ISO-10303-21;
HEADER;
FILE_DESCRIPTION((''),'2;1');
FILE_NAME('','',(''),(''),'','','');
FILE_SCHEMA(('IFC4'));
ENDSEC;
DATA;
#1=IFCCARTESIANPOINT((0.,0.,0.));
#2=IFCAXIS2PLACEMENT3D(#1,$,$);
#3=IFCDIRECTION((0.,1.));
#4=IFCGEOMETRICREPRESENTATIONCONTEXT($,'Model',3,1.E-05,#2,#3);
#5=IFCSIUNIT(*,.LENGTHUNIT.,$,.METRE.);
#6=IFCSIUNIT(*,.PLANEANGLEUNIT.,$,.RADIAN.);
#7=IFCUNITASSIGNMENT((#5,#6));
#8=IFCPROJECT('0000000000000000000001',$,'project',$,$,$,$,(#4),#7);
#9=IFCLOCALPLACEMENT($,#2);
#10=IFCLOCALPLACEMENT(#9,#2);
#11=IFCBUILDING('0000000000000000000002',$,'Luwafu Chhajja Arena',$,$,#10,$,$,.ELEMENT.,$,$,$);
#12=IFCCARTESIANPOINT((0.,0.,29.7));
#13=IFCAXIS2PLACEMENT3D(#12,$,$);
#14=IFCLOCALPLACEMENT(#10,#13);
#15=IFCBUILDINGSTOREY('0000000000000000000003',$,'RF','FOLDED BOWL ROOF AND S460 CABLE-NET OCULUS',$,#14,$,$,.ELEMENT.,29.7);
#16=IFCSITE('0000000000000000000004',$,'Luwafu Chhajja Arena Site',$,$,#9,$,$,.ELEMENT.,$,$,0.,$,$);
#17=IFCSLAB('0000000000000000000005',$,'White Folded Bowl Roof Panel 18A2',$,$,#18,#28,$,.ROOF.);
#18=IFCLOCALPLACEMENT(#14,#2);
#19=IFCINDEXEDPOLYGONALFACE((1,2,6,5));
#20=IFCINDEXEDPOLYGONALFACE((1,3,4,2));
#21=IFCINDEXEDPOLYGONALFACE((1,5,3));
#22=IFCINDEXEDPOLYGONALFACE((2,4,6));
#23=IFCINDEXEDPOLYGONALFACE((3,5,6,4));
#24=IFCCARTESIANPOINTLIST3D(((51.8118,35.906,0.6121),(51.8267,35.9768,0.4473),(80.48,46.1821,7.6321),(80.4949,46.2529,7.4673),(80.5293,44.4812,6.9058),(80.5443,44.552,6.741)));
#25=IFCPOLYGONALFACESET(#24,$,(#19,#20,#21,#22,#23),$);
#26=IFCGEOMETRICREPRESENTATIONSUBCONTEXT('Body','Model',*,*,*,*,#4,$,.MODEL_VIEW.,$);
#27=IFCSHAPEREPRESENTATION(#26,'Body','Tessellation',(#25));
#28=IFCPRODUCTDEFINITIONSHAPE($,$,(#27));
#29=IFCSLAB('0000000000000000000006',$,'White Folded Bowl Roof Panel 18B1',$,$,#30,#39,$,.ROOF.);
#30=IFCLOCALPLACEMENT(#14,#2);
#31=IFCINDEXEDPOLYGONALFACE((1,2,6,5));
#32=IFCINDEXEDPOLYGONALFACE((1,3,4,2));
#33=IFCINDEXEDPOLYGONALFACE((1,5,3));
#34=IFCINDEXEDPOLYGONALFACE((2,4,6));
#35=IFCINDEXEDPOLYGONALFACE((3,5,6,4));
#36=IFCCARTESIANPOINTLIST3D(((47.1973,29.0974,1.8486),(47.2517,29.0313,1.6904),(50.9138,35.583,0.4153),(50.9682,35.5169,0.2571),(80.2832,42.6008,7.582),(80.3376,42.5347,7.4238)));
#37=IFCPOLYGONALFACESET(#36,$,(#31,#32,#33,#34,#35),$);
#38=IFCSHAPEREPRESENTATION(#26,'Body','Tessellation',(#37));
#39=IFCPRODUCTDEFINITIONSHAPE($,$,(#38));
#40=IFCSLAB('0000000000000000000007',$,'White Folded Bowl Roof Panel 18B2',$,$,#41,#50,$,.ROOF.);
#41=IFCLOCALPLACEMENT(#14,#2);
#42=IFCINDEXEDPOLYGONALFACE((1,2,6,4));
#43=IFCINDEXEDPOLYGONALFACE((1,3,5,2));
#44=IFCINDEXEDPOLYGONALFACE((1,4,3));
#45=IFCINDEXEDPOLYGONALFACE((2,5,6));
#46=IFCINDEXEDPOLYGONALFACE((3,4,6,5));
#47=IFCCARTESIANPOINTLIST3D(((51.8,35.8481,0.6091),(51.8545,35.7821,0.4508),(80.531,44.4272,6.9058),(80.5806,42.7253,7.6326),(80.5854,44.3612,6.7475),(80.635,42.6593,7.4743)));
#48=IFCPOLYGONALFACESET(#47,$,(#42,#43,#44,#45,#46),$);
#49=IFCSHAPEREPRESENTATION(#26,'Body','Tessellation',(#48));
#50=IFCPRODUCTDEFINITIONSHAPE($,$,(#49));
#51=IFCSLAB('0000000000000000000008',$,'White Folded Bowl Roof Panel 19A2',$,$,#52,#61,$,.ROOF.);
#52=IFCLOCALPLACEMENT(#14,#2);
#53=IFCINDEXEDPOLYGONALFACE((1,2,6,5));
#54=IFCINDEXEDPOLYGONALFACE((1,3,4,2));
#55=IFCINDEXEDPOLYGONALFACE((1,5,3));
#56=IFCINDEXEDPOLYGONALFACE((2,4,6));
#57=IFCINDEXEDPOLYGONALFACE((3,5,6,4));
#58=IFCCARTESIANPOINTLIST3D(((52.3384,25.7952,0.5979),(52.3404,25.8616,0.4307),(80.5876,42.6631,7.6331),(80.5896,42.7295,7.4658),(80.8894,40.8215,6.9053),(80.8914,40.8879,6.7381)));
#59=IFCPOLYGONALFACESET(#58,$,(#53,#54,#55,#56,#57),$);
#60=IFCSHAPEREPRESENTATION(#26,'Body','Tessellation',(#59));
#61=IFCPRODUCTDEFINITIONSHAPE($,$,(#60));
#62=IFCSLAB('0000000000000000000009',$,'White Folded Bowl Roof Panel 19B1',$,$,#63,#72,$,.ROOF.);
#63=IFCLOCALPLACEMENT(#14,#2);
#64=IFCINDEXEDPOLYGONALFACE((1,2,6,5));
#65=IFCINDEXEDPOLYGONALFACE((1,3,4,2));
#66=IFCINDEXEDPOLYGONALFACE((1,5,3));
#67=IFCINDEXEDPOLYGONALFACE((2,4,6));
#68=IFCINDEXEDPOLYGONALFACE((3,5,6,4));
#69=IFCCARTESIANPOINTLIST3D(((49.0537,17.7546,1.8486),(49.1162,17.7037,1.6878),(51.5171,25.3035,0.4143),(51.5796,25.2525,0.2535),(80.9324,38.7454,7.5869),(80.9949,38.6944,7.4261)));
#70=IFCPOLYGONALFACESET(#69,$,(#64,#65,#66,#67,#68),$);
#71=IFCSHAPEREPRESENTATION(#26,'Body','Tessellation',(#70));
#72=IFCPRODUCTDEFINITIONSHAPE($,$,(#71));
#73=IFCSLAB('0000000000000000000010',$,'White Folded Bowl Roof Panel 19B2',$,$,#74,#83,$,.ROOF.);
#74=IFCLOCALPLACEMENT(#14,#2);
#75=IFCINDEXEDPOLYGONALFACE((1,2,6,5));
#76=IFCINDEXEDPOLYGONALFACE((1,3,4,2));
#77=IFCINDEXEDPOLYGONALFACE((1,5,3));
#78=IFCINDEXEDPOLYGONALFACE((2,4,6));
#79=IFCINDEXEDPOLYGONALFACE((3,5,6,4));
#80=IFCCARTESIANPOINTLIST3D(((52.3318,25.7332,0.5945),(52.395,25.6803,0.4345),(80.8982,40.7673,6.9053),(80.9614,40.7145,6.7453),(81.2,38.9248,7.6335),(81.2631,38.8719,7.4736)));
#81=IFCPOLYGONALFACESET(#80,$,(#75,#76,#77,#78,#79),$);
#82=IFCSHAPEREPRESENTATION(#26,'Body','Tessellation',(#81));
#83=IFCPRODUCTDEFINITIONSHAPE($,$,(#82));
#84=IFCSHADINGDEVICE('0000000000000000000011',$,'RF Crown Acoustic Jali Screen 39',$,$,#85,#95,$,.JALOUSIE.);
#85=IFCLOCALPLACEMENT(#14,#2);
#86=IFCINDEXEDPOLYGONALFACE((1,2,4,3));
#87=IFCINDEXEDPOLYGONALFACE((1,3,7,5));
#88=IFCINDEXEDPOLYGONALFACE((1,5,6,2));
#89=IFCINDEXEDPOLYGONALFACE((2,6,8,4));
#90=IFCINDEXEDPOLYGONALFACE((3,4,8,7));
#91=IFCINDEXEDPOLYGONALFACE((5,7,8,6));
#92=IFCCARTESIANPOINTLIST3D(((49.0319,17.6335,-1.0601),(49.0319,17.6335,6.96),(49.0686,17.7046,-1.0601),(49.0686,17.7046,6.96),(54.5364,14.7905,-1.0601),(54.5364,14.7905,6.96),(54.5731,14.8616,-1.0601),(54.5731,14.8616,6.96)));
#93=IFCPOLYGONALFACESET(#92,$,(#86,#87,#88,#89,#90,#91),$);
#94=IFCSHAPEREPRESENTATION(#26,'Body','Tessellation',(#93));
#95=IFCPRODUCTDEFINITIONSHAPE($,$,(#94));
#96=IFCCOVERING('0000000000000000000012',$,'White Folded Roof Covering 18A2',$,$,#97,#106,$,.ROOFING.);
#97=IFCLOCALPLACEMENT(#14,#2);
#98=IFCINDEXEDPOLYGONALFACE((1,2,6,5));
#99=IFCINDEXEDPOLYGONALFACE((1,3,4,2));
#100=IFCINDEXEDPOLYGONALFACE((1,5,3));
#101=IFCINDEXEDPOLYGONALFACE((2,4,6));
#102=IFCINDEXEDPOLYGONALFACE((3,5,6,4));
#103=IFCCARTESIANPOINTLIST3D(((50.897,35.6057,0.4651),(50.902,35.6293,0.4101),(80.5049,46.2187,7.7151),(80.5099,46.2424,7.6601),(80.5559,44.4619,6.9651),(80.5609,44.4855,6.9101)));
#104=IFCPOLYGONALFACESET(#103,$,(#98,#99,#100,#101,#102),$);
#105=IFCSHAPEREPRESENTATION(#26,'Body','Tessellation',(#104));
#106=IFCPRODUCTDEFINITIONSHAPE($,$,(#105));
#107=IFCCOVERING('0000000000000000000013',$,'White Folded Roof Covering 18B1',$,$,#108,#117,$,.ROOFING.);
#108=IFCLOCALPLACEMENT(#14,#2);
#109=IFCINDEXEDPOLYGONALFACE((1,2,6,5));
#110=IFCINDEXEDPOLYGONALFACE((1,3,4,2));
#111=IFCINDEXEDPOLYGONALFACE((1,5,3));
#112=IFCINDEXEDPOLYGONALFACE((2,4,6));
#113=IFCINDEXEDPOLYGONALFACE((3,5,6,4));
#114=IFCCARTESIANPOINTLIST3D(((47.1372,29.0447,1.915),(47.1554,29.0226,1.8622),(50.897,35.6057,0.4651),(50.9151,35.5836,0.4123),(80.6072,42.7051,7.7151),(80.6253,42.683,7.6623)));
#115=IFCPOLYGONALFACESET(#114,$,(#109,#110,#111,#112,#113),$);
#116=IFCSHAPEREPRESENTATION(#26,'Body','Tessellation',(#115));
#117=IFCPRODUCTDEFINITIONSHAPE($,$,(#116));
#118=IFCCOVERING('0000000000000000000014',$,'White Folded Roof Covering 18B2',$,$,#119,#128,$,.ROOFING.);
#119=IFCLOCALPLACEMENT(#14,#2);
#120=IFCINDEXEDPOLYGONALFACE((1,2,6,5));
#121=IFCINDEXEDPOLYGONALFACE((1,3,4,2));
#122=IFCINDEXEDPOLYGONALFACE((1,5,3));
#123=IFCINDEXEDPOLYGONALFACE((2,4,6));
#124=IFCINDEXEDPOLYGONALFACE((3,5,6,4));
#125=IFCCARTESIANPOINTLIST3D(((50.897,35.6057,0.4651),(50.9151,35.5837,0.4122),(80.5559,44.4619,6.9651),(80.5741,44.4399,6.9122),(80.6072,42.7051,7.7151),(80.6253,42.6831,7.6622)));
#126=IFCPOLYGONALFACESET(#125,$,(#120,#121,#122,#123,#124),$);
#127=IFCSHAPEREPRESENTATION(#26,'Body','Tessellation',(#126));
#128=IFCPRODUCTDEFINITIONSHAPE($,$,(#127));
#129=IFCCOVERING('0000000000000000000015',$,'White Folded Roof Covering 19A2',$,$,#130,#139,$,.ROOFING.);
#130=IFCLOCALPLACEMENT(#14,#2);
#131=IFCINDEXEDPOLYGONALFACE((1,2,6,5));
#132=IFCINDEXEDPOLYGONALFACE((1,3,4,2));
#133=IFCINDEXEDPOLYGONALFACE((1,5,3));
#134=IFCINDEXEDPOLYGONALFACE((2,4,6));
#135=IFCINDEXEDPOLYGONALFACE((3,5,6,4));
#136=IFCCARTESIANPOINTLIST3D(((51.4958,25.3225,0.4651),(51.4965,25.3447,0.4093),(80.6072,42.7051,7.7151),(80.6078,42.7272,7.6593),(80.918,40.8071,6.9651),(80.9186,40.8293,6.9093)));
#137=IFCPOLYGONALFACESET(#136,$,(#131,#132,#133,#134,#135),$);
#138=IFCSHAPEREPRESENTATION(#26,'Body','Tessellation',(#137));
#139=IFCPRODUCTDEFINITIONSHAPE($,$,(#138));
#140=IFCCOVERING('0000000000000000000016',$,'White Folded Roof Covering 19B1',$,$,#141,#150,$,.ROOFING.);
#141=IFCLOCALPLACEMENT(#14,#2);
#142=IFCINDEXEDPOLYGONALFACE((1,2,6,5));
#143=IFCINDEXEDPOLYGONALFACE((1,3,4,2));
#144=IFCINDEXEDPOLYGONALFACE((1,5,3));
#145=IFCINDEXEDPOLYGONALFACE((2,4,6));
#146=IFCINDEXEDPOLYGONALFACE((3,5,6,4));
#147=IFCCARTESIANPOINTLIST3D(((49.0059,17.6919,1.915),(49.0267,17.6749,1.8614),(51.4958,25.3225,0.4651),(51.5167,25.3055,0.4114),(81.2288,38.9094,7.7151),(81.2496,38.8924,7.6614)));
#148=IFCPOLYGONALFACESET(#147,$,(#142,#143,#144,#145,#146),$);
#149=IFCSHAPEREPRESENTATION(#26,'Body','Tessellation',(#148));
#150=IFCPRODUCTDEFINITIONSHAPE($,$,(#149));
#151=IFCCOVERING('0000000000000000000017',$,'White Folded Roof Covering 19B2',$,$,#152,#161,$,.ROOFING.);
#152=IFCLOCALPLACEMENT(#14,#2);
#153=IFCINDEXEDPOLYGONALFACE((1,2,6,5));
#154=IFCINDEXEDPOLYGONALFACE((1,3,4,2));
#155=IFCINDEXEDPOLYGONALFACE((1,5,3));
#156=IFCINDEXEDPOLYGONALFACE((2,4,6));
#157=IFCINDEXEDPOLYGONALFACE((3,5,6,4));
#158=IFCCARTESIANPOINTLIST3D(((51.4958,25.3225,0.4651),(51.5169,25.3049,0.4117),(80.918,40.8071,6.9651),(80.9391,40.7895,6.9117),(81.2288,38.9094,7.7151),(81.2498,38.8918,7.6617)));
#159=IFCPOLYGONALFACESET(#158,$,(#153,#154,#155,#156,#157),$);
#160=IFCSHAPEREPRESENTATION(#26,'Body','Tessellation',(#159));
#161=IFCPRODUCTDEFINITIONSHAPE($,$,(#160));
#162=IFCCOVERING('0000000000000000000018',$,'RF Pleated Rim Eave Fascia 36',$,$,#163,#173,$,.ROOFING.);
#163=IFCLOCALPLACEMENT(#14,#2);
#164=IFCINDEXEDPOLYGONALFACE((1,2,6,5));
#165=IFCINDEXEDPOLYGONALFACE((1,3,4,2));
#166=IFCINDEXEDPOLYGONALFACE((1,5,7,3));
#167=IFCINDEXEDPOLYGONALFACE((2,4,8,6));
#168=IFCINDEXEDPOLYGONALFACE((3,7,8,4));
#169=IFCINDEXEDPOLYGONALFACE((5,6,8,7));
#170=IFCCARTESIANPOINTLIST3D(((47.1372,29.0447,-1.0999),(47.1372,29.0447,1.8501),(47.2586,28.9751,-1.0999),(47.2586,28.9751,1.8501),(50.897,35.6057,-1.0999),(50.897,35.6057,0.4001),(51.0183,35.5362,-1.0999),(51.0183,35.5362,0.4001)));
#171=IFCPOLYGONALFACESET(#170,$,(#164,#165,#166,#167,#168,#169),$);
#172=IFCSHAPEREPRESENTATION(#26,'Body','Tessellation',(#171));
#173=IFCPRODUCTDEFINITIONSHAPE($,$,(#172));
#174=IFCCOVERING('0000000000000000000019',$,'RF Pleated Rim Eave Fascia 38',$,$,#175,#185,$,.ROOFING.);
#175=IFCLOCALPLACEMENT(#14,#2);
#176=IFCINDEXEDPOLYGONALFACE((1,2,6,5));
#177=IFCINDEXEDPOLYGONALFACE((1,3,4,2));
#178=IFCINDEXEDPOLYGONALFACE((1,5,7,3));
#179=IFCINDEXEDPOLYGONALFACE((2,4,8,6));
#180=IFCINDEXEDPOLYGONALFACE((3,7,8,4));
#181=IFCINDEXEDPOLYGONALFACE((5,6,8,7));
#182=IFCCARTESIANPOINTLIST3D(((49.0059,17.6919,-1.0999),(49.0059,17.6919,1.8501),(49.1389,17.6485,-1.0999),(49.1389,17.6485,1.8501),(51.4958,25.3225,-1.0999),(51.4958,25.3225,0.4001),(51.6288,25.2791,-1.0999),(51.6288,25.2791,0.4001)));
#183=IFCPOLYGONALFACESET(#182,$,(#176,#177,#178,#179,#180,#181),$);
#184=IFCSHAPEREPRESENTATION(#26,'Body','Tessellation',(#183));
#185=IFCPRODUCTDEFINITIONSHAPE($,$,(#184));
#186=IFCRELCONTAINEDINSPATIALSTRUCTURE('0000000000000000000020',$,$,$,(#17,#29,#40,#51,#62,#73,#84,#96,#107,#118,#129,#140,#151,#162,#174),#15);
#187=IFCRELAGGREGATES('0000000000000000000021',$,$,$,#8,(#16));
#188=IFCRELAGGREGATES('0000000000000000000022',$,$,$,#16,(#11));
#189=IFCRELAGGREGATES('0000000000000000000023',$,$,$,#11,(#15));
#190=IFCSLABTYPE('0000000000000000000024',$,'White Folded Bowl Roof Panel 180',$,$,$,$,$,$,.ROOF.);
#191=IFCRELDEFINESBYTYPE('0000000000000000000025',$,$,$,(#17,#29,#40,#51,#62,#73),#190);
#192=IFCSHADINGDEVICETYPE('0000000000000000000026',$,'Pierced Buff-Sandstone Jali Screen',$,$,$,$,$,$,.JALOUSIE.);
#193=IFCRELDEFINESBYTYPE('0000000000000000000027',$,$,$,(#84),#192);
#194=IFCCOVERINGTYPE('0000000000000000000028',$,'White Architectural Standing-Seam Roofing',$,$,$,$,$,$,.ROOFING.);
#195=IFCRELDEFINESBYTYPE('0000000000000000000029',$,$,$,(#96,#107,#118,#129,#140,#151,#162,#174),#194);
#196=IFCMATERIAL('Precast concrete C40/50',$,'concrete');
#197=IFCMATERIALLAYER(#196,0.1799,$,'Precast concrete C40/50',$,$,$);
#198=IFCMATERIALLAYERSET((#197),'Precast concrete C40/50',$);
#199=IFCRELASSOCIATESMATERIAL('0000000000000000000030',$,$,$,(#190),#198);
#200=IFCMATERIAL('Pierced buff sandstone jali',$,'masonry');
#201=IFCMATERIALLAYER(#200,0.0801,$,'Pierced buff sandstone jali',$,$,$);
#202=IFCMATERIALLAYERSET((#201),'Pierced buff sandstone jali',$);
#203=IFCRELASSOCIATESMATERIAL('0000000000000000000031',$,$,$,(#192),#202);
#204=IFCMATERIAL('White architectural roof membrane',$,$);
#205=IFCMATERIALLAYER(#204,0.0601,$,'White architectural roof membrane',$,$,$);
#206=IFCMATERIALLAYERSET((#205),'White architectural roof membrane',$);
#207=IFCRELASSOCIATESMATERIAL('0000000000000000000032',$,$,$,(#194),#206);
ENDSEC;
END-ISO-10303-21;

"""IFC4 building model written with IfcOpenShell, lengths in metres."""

from ifc_helpers import new_model, si_unit, direction, frame, origin, origin_2d, place, context, subcontext, project, spatial, polyline, rectangle, outline, extrude, material, layer, layer_set, type_object, element, save


model = new_model("IFC4")

# Units and contexts
model_context = context("Model", 3, precision=1e-05, world=origin(), true_north=direction((0.0, 1.0)))
body_context = subcontext(model_context, "Body", "Model", "MODEL_VIEW")
ifc_project = project(units=[si_unit("LENGTHUNIT", "METRE"), si_unit("PLANEANGLEUNIT", "RADIAN")], contexts=[model_context])

# Site, building, storey
site_placement = place(None, origin())
site = spatial("IfcSite", under=ifc_project, at=site_placement, Name="Luwafu Chhajja Arena Site", CompositionType="ELEMENT", RefElevation=0.0)
building_placement = place(site_placement, origin())
building = spatial("IfcBuilding", under=site, at=building_placement, Name="Luwafu Chhajja Arena", CompositionType="ELEMENT")
storey_placement = place(building_placement, frame((0.0, 0.0, 29.7)))
storey = spatial("IfcBuildingStorey", under=building, at=storey_placement, Name="RF", Description="FOLDED BOWL ROOF AND S460 CABLE-NET OCULUS", CompositionType="ELEMENT", Elevation=29.7)

# Slabs
ifc_material_1 = material(Name="Precast concrete C40/50", Category="concrete")
ifc_layer_1 = layer(ifc_material_1, 0.1799, Name="Precast concrete C40/50")
ifc_layer_set_1 = layer_set([ifc_layer_1], Name="Precast concrete C40/50")
slab_type = type_object("IfcSlabType", Name="White Folded Bowl Roof Panel 180", PredefinedType="ROOF", material=ifc_layer_set_1)
slab_1_placement = place(storey_placement, frame((51.8118, 35.906, 0.6121), z_axis=(-0.083195, -0.393386, 0.915601), x_axis=(0.917297, 0.328805, 0.22462)))
element("IfcSlab", 1, at=slab_1_placement, inside=storey, type_object=slab_type, Name="White Folded Bowl Roof Panel 18A2", PredefinedType="ROOF", context=body_context, shape_type="SweptSolid", body=[
    extrude(outline(polyline([(0.0, 0.0), (31.2529, 0.0), (30.5758, -1.7218), (0.0, 0.0)])), origin(), (0.0, 0.0, -1.0), 0.1799),
])
slab_2_placement = place(storey_placement, frame((50.9138, 35.583, 0.4153), z_axis=(-0.302447, 0.367668, 0.879401), x_axis=(0.94633, 0.226126, 0.230925)))
element("IfcSlab", 2, at=slab_2_placement, inside=storey, type_object=slab_type, Name="White Folded Bowl Roof Panel 18B1", PredefinedType="ROOF", context=body_context, shape_type="SweptSolid", body=[
    extrude(outline(polyline([(0.0, 0.0), (31.035, 0.0), (-4.6527, -6.0235), (0.0, 0.0)])), origin(), (0.0, 0.0, -1.0), 0.1799),
])
slab_3_placement = place(storey_placement, frame((51.8, 35.8481, 0.6091), z_axis=(-0.302361, 0.366898, 0.879752), x_axis=(0.937741, 0.280011, 0.205514)))
element("IfcSlab", 3, at=slab_3_placement, inside=storey, type_object=slab_type, Name="White Folded Bowl Roof Panel 18B2", PredefinedType="ROOF", context=body_context, shape_type="SweptSolid", body=[
    extrude(outline(polyline([(0.0, 0.0), (30.6385, 0.0), (30.3578, -1.8299), (0.0, 0.0)])), origin(), (0.0, 0.0, -1.0), 0.1799),
])
slab_4_placement = place(storey_placement, frame((52.3384, 25.7952, 0.5979), z_axis=(-0.011056, -0.369084, 0.92933), x_axis=(0.839607, 0.501338, 0.209095)))
element("IfcSlab", 4, at=slab_4_placement, inside=storey, type_object=slab_type, Name="White Folded Bowl Roof Panel 19A2", PredefinedType="ROOF", context=body_context, shape_type="SweptSolid", body=[
    extrude(outline(polyline([(0.0, 0.0), (33.6458, 0.0), (32.8238, -1.8265), (0.0, 0.0)])), origin(), (0.0, 0.0, -1.0), 0.1799),
])
slab_5_placement = place(storey_placement, frame((51.5171, 25.3035, 0.4143), z_axis=(-0.347396, 0.283216, 0.893927), x_axis=(0.887958, 0.40577, 0.216519)))
element("IfcSlab", 5, at=slab_5_placement, inside=storey, type_object=slab_type, Name="White Folded Bowl Roof Panel 19B1", PredefinedType="ROOF", context=body_context, shape_type="SweptSolid", body=[
    extrude(outline(polyline([(0.0, 0.0), (33.1269, 0.0), (-4.9399, -6.3803), (0.0, 0.0)])), origin(), (0.0, 0.0, -1.0), 0.1799),
])
slab_6_placement = place(storey_placement, frame((52.3318, 25.7332, 0.5945), z_axis=(-0.351076, 0.293897, 0.889028), x_axis=(0.868488, 0.457075, 0.191863)))
element("IfcSlab", 6, at=slab_6_placement, inside=storey, type_object=slab_type, Name="White Folded Bowl Roof Panel 19B2", PredefinedType="ROOF", context=body_context, shape_type="SweptSolid", body=[
    extrude(outline(polyline([(0.0, 0.0), (32.8921, 0.0), (32.4518, -1.9551), (0.0, 0.0)])), origin(), (0.0, 0.0, -1.0), 0.1799),
])

# Shading device
ifc_material_2 = material(Name="Pierced buff sandstone jali", Category="masonry")
ifc_layer_2 = layer(ifc_material_2, 0.0801, Name="Pierced buff sandstone jali")
ifc_layer_set_2 = layer_set([ifc_layer_2], Name="Pierced buff sandstone jali")
shading_device_type = type_object("IfcShadingDeviceType", Name="Pierced Buff-Sandstone Jali Screen", PredefinedType="JALOUSIE", material=ifc_layer_set_2)
shading_device_placement = place(storey_placement, frame((51.8025, 16.2476, -1.0601), z_axis=(0.0, 0.0, 1.0), x_axis=(0.888492, -0.458892, 0.0)))
element("IfcShadingDevice", 7, at=shading_device_placement, inside=storey, type_object=shading_device_type, Name="RF Crown Acoustic Jali Screen 39", PredefinedType="JALOUSIE", context=body_context, shape_type="SweptSolid", body=[
    extrude(rectangle(XDim=6.1953, YDim=0.0801, at=origin_2d()), origin(), (0.0, 0.0, 1.0), 8.02),
])

# Coverings
ifc_material_3 = material(Name="White architectural roof membrane")
ifc_layer_3 = layer(ifc_material_3, 0.0601, Name="White architectural roof membrane")
ifc_layer_set_3 = layer_set([ifc_layer_3], Name="White architectural roof membrane")
covering_type = type_object("IfcCoveringType", Name="White Architectural Standing-Seam Roofing", PredefinedType="ROOFING", material=ifc_layer_set_3)
covering_1_placement = place(storey_placement, frame((50.897, 35.6057, 0.4651), z_axis=(-0.083227, -0.393305, 0.915633), x_axis=(0.937741, 0.280011, 0.205514)))
element("IfcCovering", 8, at=covering_1_placement, inside=storey, type_object=covering_type, Name="White Folded Roof Covering 18A2", PredefinedType="ROOFING", context=body_context, shape_type="SweptSolid", body=[
    extrude(outline(polyline([(0.0, 0.0), (31.6281, 0.0), (32.2263, 1.8149), (0.0, 0.0)])), origin(), (0.0, 0.0, -1.0), 0.0601),
])
covering_2_placement = place(storey_placement, frame((50.897, 35.6057, 0.4651), z_axis=(-0.302449, 0.36766, 0.879404), x_axis=(-0.4883, -0.852116, 0.188313)))
element("IfcCovering", 9, at=covering_2_placement, inside=storey, type_object=covering_type, Name="White Folded Roof Covering 18B1", PredefinedType="ROOFING", context=body_context, shape_type="SweptSolid", body=[
    extrude(outline(polyline([(0.0, 0.0), (7.6997, 0.0), (-19.1917, 24.8463), (0.0, 0.0)])), origin(), (0.0, 0.0, -1.0), 0.0601),
])
covering_3_placement = place(storey_placement, frame((50.897, 35.6057, 0.4651), z_axis=(-0.302337, 0.366772, 0.879813), x_axis=(0.946329, 0.226129, 0.230927)))
element("IfcCovering", 10, at=covering_3_placement, inside=storey, type_object=covering_type, Name="White Folded Roof Covering 18B2", PredefinedType="ROOFING", context=body_context, shape_type="SweptSolid", body=[
    extrude(outline(polyline([(0.0, 0.0), (31.3952, 0.0), (31.5708, 1.9028), (0.0, 0.0)])), origin(), (0.0, 0.0, -1.0), 0.0601),
])
covering_4_placement = place(storey_placement, frame((51.4958, 25.3225, 0.4651), z_axis=(-0.011081, -0.369056, 0.929341), x_axis=(0.868486, 0.457077, 0.191868)))
element("IfcCovering", 11, at=covering_4_placement, inside=storey, type_object=covering_type, Name="White Folded Roof Covering 19A2", PredefinedType="ROOFING", context=body_context, shape_type="SweptSolid", body=[
    extrude(outline(polyline([(0.0, 0.0), (33.8775, 0.0), (34.619, 1.9265), (0.0, 0.0)])), origin(), (0.0, 0.0, -1.0), 0.0601),
])
covering_5_placement = place(storey_placement, frame((51.4958, 25.3225, 0.4651), z_axis=(-0.347395, 0.283222, 0.893925), x_axis=(-0.305276, -0.935524, 0.177766)))
element("IfcCovering", 12, at=covering_5_placement, inside=storey, type_object=covering_type, Name="White Folded Roof Covering 19B1", PredefinedType="ROOFING", context=body_context, shape_type="SweptSolid", body=[
    extrude(outline(polyline([(0.0, 0.0), (8.1565, 0.0), (-20.4988, 26.4766), (0.0, 0.0)])), origin(), (0.0, 0.0, -1.0), 0.0601),
])
covering_6_placement = place(storey_placement, frame((51.4958, 25.3225, 0.4651), z_axis=(-0.351068, 0.293866, 0.889041), x_axis=(0.88796, 0.405767, 0.216518)))
element("IfcCovering", 13, at=covering_6_placement, inside=storey, type_object=covering_type, Name="White Folded Roof Covering 19B2", PredefinedType="ROOFING", context=body_context, shape_type="SweptSolid", body=[
    extrude(outline(polyline([(0.0, 0.0), (33.4845, 0.0), (33.8162, 2.0372), (0.0, 0.0)])), origin(), (0.0, 0.0, -1.0), 0.0601),
])
covering_7_placement = place(storey_placement, frame((50.897, 35.6057, -1.0999), z_axis=(-0.867639, 0.497196, 0.0), x_axis=(-0.497196, -0.867639, 0.0)))
element("IfcCovering", 14, at=covering_7_placement, inside=storey, type_object=covering_type, Name="RF Pleated Rim Eave Fascia 36", PredefinedType="ROOFING", context=body_context, shape_type="SweptSolid", body=[
    extrude(outline(polyline([(0.0, 0.0), (7.5619, 0.0), (7.5619, 2.95), (0.0, 1.5), (0.0, 0.0)])), origin(), (0.0, 0.0, -1.0), 0.1399),
])
covering_8_placement = place(storey_placement, frame((51.4958, 25.3225, -1.0999), z_axis=(-0.950666, 0.310217, 0.0), x_axis=(-0.310217, -0.950666, 0.0)))
element("IfcCovering", 15, at=covering_8_placement, inside=storey, type_object=covering_type, Name="RF Pleated Rim Eave Fascia 38", PredefinedType="ROOFING", context=body_context, shape_type="SweptSolid", body=[
    extrude(outline(polyline([(0.0, 0.0), (8.0266, 0.0), (8.0266, 2.95), (0.0, 1.5), (0.0, 0.0)])), origin(), (0.0, 0.0, -1.0), 0.1399),
])

save(model, "model.ifc")
